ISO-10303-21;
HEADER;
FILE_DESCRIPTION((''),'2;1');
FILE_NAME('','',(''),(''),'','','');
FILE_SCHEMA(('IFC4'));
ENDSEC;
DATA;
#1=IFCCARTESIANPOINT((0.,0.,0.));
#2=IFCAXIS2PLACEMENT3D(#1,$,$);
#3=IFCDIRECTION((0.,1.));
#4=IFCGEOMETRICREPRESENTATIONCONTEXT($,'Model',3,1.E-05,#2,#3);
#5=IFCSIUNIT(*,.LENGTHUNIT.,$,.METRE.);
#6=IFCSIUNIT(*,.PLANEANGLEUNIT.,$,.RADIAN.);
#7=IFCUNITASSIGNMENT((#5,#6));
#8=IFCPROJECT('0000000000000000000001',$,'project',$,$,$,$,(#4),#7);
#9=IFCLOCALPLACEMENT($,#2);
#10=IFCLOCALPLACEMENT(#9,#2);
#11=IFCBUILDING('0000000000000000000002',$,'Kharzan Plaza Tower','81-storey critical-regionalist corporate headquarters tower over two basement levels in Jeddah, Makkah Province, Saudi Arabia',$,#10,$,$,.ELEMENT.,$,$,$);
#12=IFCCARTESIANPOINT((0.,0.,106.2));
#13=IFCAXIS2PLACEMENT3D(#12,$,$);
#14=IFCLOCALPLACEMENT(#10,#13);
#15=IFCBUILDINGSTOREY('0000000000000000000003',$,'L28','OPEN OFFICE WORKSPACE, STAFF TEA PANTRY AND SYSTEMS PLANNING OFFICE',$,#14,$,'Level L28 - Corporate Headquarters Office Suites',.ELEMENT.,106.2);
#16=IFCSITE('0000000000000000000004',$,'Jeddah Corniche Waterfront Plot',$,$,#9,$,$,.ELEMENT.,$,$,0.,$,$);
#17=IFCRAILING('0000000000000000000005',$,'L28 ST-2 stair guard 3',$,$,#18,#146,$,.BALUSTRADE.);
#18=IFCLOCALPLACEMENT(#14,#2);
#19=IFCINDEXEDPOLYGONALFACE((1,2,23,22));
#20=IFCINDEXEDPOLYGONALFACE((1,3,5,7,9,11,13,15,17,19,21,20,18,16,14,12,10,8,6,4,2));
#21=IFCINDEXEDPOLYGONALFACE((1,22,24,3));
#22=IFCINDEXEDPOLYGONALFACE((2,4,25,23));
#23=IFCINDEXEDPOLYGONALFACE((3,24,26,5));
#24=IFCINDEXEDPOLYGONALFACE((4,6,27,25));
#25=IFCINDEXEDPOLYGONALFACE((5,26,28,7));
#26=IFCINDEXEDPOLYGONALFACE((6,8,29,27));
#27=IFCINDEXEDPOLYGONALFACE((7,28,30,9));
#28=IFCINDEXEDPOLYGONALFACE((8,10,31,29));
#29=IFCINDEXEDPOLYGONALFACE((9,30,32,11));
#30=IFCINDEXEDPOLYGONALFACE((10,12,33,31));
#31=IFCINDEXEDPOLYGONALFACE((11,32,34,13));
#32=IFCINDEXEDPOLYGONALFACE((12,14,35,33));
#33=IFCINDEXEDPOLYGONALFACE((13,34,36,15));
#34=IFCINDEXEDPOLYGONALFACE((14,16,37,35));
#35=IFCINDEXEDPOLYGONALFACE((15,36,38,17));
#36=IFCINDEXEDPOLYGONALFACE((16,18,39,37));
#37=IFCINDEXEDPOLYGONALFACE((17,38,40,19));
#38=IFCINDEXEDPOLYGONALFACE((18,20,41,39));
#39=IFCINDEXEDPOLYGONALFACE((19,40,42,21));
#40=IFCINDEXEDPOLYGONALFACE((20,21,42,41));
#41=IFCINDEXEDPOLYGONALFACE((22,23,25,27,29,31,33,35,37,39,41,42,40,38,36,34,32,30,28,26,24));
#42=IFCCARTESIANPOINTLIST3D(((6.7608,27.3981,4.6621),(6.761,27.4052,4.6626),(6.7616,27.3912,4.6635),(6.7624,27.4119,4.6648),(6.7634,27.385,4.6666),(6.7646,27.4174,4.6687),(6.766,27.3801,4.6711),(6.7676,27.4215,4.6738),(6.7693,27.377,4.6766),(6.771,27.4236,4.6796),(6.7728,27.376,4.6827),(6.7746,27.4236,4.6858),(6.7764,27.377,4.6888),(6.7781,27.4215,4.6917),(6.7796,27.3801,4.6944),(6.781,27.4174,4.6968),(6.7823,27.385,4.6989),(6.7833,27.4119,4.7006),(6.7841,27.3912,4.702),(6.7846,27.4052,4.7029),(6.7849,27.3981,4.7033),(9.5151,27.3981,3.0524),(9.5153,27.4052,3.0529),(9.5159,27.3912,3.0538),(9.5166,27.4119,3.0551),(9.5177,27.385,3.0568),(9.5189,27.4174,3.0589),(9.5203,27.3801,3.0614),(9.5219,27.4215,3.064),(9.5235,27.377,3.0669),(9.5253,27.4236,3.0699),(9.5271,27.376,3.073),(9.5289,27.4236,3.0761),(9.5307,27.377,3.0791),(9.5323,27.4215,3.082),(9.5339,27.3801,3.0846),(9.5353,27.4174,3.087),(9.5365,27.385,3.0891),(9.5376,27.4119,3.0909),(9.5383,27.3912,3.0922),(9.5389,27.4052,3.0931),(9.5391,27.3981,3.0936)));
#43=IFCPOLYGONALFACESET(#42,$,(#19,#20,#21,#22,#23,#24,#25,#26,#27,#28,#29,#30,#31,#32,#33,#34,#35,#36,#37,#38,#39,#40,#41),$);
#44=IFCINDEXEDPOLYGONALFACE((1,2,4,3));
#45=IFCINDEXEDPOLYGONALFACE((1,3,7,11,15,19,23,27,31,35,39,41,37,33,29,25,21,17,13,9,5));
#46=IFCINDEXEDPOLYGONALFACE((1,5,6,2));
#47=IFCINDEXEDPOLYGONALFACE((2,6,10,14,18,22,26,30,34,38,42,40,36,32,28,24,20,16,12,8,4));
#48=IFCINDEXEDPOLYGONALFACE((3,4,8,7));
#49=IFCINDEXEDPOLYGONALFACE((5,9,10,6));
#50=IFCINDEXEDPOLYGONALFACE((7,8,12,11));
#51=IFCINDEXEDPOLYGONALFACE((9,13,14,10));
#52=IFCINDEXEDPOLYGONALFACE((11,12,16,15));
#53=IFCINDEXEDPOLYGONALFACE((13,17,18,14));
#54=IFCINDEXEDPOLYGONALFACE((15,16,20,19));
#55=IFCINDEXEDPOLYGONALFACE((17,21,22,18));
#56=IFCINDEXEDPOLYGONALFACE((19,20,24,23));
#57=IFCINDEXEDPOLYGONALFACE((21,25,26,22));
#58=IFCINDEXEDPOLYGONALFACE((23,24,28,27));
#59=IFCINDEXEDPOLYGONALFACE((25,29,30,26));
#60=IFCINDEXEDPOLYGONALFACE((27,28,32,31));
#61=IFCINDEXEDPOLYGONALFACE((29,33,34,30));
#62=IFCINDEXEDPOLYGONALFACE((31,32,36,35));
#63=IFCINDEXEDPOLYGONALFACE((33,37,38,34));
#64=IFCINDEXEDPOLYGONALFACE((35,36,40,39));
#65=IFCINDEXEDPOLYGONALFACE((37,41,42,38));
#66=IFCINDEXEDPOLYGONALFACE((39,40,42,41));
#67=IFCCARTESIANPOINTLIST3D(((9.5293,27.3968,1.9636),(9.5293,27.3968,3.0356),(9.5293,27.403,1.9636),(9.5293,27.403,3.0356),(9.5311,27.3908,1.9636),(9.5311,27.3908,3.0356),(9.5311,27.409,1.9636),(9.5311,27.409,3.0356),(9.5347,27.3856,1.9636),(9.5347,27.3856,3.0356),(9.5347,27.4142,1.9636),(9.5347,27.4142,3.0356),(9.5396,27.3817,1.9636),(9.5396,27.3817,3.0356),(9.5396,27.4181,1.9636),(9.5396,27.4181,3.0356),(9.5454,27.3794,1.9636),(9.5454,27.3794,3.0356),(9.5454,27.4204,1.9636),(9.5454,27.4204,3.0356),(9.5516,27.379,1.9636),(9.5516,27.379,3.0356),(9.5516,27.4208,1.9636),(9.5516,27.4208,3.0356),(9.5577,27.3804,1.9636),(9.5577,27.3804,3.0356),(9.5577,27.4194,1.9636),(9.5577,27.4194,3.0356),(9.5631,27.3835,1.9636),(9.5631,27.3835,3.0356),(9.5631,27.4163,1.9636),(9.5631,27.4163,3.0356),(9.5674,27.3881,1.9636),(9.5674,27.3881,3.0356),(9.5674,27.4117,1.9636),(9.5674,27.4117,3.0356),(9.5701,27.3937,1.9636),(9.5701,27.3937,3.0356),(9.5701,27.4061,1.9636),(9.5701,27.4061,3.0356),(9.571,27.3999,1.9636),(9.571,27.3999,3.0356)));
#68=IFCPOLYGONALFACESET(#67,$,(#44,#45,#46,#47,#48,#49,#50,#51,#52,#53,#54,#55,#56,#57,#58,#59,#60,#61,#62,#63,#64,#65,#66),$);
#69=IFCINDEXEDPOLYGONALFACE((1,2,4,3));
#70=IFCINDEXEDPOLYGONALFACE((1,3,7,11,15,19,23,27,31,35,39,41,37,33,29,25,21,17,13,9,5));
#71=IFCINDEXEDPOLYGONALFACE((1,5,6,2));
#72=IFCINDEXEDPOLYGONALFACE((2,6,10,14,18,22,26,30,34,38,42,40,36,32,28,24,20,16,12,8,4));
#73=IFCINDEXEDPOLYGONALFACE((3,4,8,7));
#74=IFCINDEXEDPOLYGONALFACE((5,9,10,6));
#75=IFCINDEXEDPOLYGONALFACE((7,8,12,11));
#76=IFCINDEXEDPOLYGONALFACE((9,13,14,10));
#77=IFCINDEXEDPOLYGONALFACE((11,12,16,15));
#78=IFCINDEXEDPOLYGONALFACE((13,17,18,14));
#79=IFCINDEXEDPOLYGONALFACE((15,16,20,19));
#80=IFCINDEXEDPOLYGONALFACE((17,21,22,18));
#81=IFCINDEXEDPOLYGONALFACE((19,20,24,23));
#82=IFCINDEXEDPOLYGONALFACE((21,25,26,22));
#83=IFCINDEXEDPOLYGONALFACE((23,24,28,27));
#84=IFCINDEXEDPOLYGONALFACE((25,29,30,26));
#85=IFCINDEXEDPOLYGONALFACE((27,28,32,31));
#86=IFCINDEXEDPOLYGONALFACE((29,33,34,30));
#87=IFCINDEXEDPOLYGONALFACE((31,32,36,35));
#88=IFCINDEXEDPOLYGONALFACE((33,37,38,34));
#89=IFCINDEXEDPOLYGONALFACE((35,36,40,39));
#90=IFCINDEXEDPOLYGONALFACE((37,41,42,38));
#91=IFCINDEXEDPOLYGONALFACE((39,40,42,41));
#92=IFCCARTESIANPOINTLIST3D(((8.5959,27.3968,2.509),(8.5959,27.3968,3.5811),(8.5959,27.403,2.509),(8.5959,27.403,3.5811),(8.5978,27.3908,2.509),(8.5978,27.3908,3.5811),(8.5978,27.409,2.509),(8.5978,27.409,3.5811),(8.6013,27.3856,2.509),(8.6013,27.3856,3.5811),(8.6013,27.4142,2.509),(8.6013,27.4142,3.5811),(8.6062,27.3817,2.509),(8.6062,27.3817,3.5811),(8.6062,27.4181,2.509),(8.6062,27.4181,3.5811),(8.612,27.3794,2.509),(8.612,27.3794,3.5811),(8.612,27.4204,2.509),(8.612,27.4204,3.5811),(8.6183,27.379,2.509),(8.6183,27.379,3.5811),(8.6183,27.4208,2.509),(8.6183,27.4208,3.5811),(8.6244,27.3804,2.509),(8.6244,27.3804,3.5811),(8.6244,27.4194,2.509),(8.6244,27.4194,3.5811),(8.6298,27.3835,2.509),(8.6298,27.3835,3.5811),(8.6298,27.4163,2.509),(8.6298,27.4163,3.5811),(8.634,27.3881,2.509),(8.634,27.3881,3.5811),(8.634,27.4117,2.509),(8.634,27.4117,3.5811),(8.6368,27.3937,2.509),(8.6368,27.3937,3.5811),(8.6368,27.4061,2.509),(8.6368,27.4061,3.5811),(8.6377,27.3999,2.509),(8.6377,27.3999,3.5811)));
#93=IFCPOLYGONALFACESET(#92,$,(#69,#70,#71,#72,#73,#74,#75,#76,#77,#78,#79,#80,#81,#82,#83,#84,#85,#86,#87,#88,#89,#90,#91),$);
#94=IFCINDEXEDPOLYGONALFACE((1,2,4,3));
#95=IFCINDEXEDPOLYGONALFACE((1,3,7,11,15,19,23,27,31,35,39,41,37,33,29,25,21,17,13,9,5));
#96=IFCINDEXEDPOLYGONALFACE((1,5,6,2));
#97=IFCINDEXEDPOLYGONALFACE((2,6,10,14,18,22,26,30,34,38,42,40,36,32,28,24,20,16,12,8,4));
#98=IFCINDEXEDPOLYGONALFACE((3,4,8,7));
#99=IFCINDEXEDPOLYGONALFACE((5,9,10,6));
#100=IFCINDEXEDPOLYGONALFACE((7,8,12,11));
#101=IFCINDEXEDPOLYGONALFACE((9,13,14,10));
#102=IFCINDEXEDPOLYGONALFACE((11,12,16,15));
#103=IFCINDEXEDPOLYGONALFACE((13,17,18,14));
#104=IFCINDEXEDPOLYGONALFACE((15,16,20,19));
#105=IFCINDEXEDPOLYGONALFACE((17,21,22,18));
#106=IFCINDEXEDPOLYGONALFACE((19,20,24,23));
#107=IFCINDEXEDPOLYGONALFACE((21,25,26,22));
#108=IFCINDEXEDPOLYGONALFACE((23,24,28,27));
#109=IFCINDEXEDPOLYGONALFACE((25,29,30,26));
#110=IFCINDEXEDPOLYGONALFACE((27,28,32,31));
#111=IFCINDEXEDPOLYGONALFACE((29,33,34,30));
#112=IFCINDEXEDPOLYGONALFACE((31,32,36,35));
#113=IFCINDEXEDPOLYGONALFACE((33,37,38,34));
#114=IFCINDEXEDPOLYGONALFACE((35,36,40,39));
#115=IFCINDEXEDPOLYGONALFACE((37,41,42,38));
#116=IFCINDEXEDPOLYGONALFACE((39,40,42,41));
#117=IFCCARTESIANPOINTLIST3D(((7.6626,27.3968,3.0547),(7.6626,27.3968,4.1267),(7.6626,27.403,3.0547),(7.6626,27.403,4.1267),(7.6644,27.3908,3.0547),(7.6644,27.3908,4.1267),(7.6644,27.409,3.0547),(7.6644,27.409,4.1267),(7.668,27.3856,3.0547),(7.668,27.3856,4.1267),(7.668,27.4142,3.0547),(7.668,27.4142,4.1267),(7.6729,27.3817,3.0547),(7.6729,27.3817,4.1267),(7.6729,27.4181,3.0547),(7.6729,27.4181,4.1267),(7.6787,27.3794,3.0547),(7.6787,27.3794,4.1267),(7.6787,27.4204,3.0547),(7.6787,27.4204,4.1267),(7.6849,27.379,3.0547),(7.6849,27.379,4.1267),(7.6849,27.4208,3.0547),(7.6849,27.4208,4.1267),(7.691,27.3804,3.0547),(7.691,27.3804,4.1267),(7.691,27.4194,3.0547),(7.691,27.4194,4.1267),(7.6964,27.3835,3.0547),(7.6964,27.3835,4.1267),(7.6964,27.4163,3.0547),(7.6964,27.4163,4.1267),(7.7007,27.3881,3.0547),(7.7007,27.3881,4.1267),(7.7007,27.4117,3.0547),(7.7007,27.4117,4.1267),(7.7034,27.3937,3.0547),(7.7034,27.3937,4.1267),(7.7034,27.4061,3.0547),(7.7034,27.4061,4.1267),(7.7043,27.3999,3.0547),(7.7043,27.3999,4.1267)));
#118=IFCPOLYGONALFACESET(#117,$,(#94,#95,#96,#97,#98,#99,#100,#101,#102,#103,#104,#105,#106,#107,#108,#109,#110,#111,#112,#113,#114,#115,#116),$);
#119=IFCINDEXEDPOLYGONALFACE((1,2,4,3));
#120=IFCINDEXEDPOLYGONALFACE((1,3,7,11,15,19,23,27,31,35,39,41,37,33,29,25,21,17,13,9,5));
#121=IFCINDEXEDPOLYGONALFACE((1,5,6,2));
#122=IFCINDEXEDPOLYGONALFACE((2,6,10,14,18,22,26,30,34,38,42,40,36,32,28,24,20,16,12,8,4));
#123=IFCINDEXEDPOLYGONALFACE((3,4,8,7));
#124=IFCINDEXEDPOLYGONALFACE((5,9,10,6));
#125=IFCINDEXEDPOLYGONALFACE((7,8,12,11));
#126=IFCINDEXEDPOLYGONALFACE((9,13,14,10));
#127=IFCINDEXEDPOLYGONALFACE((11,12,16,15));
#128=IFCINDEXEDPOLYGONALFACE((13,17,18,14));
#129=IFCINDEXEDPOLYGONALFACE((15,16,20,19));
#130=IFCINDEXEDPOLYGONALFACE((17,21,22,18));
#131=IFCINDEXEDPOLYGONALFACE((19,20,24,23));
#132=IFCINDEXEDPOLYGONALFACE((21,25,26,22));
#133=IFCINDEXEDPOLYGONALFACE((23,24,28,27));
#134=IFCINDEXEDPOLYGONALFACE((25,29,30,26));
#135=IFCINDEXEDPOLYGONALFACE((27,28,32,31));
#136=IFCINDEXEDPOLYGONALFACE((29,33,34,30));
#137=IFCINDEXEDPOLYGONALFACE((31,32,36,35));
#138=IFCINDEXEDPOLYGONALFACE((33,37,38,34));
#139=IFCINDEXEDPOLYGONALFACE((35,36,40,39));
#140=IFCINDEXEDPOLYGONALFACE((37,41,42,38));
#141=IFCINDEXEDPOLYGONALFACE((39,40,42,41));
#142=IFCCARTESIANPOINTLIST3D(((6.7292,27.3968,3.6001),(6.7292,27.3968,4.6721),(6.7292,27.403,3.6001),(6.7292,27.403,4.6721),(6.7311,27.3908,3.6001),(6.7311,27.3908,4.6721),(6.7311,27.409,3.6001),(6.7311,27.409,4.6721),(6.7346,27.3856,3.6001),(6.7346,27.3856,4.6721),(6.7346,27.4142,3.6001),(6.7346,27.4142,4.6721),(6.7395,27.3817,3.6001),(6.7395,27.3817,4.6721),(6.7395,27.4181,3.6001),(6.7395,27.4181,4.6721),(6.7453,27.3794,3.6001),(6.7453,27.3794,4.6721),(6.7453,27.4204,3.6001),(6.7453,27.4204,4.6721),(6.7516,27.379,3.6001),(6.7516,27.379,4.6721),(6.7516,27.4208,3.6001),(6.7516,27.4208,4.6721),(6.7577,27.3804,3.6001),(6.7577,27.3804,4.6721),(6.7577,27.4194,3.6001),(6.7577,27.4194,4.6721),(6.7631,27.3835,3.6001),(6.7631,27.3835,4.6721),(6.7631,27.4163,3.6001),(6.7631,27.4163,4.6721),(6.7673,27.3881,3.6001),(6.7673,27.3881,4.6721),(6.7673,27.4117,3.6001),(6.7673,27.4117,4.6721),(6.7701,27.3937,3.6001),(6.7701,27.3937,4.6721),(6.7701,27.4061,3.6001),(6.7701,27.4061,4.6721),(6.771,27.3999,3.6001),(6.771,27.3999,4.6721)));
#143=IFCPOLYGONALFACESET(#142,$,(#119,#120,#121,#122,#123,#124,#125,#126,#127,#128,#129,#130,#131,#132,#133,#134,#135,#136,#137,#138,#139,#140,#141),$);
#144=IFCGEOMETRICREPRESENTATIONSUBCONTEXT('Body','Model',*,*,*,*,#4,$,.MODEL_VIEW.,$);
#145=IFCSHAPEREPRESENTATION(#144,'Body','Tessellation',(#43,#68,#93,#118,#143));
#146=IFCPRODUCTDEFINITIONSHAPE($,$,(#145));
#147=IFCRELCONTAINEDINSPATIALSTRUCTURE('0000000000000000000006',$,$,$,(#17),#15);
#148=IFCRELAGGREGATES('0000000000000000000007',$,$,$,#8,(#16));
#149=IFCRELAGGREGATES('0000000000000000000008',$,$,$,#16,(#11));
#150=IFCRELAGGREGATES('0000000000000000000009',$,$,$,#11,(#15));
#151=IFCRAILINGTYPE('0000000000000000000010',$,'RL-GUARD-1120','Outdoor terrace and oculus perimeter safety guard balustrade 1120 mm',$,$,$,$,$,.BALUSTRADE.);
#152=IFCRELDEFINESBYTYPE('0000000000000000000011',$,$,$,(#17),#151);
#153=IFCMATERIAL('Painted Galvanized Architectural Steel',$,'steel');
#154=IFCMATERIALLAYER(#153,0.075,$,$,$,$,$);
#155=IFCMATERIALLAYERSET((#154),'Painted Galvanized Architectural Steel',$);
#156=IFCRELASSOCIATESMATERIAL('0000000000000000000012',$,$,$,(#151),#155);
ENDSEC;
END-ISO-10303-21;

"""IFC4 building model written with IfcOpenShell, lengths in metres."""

from ifc_helpers import new_model, si_unit, direction, frame, origin, origin_2d, place, context, subcontext, project, spatial, circle, extrude, source, transform, mapped, material, layer, layer_set, type_object, element, save


model = new_model("IFC4")

# Units and contexts
model_context = context("Model", 3, precision=1e-05, world=origin(), true_north=direction((0.0, 1.0)))
body_context = subcontext(model_context, "Body", "Model", "MODEL_VIEW")
ifc_project = project(units=[si_unit("LENGTHUNIT", "METRE"), si_unit("PLANEANGLEUNIT", "RADIAN")], contexts=[model_context])

# Site, building, storey
site_placement = place(None, origin())
site = spatial("IfcSite", under=ifc_project, at=site_placement, Name="Jeddah Corniche Waterfront Plot", CompositionType="ELEMENT", RefElevation=0.0)
building_placement = place(site_placement, origin())
building = spatial("IfcBuilding", under=site, at=building_placement, Name="Kharzan Plaza Tower", Description="81-storey critical-regionalist corporate headquarters tower over two basement levels in Jeddah, Makkah Province, Saudi Arabia", CompositionType="ELEMENT")
storey_placement = place(building_placement, frame((0.0, 0.0, 106.2)))
storey = spatial("IfcBuildingStorey", under=building, at=storey_placement, Name="L28", Description="OPEN OFFICE WORKSPACE, STAFF TEA PANTRY AND SYSTEMS PLANNING OFFICE", LongName="Level L28 - Corporate Headquarters Office Suites", CompositionType="ELEMENT", Elevation=106.2)

# Railing
ifc_material_1 = material(Name="Painted Galvanized Architectural Steel", Category="steel")
ifc_layer_1 = layer(ifc_material_1, 0.075)
ifc_layer_set_1 = layer_set([ifc_layer_1], Name="Painted Galvanized Architectural Steel")
railing_type_1 = type_object("IfcRailingType", Name="RL-GUARD-1120", Description="Outdoor terrace and oculus perimeter safety guard balustrade 1120 mm", PredefinedType="BALUSTRADE", material=ifc_layer_set_1)
shared_shape_1 = source(origin(), body_context, "Body", "SweptSolid", [
    extrude(circle(Radius=0.0239, at=origin_2d()), frame((-0.0229, 0.0, 1.1094), z_axis=(-0.863361, 0.0, 0.504587), x_axis=(0.0, -1.0, 0.0)), (0.0, 0.0, 1.0), 3.1902),
    extrude(circle(Radius=0.021, at=origin_2d()), origin(), (0.0, 0.0, 1.0), 1.072),
    extrude(circle(Radius=0.021, at=origin_2d()), frame((-0.9333, 0.0, 0.5454)), (0.0, 0.0, 1.0), 1.072),
    extrude(circle(Radius=0.021, at=origin_2d()), frame((-1.8667, 0.0, 1.0911)), (0.0, 0.0, 1.0), 1.072),
    extrude(circle(Radius=0.021, at=origin_2d()), frame((-2.8, 0.0, 1.6365)), (0.0, 0.0, 1.0), 1.072),
])
railing_1_placement = place(storey_placement, frame((9.55, 27.3999, 1.9636)))
element("IfcRailing", 1, at=railing_1_placement, inside=storey, type_object=railing_type_1, Name="L28 ST-2 stair guard 3", PredefinedType="BALUSTRADE", context=body_context, shape_type="MappedRepresentation", body=[
    mapped(shared_shape_1, transform((0.0, 0.0, 0.0), x_axis=(1.0, 0.0, 0.0), y_axis=(0.0, 1.0, 0.0), z_axis=(0.0, 0.0, 1.0))),
])

save(model, "model.ifc")
